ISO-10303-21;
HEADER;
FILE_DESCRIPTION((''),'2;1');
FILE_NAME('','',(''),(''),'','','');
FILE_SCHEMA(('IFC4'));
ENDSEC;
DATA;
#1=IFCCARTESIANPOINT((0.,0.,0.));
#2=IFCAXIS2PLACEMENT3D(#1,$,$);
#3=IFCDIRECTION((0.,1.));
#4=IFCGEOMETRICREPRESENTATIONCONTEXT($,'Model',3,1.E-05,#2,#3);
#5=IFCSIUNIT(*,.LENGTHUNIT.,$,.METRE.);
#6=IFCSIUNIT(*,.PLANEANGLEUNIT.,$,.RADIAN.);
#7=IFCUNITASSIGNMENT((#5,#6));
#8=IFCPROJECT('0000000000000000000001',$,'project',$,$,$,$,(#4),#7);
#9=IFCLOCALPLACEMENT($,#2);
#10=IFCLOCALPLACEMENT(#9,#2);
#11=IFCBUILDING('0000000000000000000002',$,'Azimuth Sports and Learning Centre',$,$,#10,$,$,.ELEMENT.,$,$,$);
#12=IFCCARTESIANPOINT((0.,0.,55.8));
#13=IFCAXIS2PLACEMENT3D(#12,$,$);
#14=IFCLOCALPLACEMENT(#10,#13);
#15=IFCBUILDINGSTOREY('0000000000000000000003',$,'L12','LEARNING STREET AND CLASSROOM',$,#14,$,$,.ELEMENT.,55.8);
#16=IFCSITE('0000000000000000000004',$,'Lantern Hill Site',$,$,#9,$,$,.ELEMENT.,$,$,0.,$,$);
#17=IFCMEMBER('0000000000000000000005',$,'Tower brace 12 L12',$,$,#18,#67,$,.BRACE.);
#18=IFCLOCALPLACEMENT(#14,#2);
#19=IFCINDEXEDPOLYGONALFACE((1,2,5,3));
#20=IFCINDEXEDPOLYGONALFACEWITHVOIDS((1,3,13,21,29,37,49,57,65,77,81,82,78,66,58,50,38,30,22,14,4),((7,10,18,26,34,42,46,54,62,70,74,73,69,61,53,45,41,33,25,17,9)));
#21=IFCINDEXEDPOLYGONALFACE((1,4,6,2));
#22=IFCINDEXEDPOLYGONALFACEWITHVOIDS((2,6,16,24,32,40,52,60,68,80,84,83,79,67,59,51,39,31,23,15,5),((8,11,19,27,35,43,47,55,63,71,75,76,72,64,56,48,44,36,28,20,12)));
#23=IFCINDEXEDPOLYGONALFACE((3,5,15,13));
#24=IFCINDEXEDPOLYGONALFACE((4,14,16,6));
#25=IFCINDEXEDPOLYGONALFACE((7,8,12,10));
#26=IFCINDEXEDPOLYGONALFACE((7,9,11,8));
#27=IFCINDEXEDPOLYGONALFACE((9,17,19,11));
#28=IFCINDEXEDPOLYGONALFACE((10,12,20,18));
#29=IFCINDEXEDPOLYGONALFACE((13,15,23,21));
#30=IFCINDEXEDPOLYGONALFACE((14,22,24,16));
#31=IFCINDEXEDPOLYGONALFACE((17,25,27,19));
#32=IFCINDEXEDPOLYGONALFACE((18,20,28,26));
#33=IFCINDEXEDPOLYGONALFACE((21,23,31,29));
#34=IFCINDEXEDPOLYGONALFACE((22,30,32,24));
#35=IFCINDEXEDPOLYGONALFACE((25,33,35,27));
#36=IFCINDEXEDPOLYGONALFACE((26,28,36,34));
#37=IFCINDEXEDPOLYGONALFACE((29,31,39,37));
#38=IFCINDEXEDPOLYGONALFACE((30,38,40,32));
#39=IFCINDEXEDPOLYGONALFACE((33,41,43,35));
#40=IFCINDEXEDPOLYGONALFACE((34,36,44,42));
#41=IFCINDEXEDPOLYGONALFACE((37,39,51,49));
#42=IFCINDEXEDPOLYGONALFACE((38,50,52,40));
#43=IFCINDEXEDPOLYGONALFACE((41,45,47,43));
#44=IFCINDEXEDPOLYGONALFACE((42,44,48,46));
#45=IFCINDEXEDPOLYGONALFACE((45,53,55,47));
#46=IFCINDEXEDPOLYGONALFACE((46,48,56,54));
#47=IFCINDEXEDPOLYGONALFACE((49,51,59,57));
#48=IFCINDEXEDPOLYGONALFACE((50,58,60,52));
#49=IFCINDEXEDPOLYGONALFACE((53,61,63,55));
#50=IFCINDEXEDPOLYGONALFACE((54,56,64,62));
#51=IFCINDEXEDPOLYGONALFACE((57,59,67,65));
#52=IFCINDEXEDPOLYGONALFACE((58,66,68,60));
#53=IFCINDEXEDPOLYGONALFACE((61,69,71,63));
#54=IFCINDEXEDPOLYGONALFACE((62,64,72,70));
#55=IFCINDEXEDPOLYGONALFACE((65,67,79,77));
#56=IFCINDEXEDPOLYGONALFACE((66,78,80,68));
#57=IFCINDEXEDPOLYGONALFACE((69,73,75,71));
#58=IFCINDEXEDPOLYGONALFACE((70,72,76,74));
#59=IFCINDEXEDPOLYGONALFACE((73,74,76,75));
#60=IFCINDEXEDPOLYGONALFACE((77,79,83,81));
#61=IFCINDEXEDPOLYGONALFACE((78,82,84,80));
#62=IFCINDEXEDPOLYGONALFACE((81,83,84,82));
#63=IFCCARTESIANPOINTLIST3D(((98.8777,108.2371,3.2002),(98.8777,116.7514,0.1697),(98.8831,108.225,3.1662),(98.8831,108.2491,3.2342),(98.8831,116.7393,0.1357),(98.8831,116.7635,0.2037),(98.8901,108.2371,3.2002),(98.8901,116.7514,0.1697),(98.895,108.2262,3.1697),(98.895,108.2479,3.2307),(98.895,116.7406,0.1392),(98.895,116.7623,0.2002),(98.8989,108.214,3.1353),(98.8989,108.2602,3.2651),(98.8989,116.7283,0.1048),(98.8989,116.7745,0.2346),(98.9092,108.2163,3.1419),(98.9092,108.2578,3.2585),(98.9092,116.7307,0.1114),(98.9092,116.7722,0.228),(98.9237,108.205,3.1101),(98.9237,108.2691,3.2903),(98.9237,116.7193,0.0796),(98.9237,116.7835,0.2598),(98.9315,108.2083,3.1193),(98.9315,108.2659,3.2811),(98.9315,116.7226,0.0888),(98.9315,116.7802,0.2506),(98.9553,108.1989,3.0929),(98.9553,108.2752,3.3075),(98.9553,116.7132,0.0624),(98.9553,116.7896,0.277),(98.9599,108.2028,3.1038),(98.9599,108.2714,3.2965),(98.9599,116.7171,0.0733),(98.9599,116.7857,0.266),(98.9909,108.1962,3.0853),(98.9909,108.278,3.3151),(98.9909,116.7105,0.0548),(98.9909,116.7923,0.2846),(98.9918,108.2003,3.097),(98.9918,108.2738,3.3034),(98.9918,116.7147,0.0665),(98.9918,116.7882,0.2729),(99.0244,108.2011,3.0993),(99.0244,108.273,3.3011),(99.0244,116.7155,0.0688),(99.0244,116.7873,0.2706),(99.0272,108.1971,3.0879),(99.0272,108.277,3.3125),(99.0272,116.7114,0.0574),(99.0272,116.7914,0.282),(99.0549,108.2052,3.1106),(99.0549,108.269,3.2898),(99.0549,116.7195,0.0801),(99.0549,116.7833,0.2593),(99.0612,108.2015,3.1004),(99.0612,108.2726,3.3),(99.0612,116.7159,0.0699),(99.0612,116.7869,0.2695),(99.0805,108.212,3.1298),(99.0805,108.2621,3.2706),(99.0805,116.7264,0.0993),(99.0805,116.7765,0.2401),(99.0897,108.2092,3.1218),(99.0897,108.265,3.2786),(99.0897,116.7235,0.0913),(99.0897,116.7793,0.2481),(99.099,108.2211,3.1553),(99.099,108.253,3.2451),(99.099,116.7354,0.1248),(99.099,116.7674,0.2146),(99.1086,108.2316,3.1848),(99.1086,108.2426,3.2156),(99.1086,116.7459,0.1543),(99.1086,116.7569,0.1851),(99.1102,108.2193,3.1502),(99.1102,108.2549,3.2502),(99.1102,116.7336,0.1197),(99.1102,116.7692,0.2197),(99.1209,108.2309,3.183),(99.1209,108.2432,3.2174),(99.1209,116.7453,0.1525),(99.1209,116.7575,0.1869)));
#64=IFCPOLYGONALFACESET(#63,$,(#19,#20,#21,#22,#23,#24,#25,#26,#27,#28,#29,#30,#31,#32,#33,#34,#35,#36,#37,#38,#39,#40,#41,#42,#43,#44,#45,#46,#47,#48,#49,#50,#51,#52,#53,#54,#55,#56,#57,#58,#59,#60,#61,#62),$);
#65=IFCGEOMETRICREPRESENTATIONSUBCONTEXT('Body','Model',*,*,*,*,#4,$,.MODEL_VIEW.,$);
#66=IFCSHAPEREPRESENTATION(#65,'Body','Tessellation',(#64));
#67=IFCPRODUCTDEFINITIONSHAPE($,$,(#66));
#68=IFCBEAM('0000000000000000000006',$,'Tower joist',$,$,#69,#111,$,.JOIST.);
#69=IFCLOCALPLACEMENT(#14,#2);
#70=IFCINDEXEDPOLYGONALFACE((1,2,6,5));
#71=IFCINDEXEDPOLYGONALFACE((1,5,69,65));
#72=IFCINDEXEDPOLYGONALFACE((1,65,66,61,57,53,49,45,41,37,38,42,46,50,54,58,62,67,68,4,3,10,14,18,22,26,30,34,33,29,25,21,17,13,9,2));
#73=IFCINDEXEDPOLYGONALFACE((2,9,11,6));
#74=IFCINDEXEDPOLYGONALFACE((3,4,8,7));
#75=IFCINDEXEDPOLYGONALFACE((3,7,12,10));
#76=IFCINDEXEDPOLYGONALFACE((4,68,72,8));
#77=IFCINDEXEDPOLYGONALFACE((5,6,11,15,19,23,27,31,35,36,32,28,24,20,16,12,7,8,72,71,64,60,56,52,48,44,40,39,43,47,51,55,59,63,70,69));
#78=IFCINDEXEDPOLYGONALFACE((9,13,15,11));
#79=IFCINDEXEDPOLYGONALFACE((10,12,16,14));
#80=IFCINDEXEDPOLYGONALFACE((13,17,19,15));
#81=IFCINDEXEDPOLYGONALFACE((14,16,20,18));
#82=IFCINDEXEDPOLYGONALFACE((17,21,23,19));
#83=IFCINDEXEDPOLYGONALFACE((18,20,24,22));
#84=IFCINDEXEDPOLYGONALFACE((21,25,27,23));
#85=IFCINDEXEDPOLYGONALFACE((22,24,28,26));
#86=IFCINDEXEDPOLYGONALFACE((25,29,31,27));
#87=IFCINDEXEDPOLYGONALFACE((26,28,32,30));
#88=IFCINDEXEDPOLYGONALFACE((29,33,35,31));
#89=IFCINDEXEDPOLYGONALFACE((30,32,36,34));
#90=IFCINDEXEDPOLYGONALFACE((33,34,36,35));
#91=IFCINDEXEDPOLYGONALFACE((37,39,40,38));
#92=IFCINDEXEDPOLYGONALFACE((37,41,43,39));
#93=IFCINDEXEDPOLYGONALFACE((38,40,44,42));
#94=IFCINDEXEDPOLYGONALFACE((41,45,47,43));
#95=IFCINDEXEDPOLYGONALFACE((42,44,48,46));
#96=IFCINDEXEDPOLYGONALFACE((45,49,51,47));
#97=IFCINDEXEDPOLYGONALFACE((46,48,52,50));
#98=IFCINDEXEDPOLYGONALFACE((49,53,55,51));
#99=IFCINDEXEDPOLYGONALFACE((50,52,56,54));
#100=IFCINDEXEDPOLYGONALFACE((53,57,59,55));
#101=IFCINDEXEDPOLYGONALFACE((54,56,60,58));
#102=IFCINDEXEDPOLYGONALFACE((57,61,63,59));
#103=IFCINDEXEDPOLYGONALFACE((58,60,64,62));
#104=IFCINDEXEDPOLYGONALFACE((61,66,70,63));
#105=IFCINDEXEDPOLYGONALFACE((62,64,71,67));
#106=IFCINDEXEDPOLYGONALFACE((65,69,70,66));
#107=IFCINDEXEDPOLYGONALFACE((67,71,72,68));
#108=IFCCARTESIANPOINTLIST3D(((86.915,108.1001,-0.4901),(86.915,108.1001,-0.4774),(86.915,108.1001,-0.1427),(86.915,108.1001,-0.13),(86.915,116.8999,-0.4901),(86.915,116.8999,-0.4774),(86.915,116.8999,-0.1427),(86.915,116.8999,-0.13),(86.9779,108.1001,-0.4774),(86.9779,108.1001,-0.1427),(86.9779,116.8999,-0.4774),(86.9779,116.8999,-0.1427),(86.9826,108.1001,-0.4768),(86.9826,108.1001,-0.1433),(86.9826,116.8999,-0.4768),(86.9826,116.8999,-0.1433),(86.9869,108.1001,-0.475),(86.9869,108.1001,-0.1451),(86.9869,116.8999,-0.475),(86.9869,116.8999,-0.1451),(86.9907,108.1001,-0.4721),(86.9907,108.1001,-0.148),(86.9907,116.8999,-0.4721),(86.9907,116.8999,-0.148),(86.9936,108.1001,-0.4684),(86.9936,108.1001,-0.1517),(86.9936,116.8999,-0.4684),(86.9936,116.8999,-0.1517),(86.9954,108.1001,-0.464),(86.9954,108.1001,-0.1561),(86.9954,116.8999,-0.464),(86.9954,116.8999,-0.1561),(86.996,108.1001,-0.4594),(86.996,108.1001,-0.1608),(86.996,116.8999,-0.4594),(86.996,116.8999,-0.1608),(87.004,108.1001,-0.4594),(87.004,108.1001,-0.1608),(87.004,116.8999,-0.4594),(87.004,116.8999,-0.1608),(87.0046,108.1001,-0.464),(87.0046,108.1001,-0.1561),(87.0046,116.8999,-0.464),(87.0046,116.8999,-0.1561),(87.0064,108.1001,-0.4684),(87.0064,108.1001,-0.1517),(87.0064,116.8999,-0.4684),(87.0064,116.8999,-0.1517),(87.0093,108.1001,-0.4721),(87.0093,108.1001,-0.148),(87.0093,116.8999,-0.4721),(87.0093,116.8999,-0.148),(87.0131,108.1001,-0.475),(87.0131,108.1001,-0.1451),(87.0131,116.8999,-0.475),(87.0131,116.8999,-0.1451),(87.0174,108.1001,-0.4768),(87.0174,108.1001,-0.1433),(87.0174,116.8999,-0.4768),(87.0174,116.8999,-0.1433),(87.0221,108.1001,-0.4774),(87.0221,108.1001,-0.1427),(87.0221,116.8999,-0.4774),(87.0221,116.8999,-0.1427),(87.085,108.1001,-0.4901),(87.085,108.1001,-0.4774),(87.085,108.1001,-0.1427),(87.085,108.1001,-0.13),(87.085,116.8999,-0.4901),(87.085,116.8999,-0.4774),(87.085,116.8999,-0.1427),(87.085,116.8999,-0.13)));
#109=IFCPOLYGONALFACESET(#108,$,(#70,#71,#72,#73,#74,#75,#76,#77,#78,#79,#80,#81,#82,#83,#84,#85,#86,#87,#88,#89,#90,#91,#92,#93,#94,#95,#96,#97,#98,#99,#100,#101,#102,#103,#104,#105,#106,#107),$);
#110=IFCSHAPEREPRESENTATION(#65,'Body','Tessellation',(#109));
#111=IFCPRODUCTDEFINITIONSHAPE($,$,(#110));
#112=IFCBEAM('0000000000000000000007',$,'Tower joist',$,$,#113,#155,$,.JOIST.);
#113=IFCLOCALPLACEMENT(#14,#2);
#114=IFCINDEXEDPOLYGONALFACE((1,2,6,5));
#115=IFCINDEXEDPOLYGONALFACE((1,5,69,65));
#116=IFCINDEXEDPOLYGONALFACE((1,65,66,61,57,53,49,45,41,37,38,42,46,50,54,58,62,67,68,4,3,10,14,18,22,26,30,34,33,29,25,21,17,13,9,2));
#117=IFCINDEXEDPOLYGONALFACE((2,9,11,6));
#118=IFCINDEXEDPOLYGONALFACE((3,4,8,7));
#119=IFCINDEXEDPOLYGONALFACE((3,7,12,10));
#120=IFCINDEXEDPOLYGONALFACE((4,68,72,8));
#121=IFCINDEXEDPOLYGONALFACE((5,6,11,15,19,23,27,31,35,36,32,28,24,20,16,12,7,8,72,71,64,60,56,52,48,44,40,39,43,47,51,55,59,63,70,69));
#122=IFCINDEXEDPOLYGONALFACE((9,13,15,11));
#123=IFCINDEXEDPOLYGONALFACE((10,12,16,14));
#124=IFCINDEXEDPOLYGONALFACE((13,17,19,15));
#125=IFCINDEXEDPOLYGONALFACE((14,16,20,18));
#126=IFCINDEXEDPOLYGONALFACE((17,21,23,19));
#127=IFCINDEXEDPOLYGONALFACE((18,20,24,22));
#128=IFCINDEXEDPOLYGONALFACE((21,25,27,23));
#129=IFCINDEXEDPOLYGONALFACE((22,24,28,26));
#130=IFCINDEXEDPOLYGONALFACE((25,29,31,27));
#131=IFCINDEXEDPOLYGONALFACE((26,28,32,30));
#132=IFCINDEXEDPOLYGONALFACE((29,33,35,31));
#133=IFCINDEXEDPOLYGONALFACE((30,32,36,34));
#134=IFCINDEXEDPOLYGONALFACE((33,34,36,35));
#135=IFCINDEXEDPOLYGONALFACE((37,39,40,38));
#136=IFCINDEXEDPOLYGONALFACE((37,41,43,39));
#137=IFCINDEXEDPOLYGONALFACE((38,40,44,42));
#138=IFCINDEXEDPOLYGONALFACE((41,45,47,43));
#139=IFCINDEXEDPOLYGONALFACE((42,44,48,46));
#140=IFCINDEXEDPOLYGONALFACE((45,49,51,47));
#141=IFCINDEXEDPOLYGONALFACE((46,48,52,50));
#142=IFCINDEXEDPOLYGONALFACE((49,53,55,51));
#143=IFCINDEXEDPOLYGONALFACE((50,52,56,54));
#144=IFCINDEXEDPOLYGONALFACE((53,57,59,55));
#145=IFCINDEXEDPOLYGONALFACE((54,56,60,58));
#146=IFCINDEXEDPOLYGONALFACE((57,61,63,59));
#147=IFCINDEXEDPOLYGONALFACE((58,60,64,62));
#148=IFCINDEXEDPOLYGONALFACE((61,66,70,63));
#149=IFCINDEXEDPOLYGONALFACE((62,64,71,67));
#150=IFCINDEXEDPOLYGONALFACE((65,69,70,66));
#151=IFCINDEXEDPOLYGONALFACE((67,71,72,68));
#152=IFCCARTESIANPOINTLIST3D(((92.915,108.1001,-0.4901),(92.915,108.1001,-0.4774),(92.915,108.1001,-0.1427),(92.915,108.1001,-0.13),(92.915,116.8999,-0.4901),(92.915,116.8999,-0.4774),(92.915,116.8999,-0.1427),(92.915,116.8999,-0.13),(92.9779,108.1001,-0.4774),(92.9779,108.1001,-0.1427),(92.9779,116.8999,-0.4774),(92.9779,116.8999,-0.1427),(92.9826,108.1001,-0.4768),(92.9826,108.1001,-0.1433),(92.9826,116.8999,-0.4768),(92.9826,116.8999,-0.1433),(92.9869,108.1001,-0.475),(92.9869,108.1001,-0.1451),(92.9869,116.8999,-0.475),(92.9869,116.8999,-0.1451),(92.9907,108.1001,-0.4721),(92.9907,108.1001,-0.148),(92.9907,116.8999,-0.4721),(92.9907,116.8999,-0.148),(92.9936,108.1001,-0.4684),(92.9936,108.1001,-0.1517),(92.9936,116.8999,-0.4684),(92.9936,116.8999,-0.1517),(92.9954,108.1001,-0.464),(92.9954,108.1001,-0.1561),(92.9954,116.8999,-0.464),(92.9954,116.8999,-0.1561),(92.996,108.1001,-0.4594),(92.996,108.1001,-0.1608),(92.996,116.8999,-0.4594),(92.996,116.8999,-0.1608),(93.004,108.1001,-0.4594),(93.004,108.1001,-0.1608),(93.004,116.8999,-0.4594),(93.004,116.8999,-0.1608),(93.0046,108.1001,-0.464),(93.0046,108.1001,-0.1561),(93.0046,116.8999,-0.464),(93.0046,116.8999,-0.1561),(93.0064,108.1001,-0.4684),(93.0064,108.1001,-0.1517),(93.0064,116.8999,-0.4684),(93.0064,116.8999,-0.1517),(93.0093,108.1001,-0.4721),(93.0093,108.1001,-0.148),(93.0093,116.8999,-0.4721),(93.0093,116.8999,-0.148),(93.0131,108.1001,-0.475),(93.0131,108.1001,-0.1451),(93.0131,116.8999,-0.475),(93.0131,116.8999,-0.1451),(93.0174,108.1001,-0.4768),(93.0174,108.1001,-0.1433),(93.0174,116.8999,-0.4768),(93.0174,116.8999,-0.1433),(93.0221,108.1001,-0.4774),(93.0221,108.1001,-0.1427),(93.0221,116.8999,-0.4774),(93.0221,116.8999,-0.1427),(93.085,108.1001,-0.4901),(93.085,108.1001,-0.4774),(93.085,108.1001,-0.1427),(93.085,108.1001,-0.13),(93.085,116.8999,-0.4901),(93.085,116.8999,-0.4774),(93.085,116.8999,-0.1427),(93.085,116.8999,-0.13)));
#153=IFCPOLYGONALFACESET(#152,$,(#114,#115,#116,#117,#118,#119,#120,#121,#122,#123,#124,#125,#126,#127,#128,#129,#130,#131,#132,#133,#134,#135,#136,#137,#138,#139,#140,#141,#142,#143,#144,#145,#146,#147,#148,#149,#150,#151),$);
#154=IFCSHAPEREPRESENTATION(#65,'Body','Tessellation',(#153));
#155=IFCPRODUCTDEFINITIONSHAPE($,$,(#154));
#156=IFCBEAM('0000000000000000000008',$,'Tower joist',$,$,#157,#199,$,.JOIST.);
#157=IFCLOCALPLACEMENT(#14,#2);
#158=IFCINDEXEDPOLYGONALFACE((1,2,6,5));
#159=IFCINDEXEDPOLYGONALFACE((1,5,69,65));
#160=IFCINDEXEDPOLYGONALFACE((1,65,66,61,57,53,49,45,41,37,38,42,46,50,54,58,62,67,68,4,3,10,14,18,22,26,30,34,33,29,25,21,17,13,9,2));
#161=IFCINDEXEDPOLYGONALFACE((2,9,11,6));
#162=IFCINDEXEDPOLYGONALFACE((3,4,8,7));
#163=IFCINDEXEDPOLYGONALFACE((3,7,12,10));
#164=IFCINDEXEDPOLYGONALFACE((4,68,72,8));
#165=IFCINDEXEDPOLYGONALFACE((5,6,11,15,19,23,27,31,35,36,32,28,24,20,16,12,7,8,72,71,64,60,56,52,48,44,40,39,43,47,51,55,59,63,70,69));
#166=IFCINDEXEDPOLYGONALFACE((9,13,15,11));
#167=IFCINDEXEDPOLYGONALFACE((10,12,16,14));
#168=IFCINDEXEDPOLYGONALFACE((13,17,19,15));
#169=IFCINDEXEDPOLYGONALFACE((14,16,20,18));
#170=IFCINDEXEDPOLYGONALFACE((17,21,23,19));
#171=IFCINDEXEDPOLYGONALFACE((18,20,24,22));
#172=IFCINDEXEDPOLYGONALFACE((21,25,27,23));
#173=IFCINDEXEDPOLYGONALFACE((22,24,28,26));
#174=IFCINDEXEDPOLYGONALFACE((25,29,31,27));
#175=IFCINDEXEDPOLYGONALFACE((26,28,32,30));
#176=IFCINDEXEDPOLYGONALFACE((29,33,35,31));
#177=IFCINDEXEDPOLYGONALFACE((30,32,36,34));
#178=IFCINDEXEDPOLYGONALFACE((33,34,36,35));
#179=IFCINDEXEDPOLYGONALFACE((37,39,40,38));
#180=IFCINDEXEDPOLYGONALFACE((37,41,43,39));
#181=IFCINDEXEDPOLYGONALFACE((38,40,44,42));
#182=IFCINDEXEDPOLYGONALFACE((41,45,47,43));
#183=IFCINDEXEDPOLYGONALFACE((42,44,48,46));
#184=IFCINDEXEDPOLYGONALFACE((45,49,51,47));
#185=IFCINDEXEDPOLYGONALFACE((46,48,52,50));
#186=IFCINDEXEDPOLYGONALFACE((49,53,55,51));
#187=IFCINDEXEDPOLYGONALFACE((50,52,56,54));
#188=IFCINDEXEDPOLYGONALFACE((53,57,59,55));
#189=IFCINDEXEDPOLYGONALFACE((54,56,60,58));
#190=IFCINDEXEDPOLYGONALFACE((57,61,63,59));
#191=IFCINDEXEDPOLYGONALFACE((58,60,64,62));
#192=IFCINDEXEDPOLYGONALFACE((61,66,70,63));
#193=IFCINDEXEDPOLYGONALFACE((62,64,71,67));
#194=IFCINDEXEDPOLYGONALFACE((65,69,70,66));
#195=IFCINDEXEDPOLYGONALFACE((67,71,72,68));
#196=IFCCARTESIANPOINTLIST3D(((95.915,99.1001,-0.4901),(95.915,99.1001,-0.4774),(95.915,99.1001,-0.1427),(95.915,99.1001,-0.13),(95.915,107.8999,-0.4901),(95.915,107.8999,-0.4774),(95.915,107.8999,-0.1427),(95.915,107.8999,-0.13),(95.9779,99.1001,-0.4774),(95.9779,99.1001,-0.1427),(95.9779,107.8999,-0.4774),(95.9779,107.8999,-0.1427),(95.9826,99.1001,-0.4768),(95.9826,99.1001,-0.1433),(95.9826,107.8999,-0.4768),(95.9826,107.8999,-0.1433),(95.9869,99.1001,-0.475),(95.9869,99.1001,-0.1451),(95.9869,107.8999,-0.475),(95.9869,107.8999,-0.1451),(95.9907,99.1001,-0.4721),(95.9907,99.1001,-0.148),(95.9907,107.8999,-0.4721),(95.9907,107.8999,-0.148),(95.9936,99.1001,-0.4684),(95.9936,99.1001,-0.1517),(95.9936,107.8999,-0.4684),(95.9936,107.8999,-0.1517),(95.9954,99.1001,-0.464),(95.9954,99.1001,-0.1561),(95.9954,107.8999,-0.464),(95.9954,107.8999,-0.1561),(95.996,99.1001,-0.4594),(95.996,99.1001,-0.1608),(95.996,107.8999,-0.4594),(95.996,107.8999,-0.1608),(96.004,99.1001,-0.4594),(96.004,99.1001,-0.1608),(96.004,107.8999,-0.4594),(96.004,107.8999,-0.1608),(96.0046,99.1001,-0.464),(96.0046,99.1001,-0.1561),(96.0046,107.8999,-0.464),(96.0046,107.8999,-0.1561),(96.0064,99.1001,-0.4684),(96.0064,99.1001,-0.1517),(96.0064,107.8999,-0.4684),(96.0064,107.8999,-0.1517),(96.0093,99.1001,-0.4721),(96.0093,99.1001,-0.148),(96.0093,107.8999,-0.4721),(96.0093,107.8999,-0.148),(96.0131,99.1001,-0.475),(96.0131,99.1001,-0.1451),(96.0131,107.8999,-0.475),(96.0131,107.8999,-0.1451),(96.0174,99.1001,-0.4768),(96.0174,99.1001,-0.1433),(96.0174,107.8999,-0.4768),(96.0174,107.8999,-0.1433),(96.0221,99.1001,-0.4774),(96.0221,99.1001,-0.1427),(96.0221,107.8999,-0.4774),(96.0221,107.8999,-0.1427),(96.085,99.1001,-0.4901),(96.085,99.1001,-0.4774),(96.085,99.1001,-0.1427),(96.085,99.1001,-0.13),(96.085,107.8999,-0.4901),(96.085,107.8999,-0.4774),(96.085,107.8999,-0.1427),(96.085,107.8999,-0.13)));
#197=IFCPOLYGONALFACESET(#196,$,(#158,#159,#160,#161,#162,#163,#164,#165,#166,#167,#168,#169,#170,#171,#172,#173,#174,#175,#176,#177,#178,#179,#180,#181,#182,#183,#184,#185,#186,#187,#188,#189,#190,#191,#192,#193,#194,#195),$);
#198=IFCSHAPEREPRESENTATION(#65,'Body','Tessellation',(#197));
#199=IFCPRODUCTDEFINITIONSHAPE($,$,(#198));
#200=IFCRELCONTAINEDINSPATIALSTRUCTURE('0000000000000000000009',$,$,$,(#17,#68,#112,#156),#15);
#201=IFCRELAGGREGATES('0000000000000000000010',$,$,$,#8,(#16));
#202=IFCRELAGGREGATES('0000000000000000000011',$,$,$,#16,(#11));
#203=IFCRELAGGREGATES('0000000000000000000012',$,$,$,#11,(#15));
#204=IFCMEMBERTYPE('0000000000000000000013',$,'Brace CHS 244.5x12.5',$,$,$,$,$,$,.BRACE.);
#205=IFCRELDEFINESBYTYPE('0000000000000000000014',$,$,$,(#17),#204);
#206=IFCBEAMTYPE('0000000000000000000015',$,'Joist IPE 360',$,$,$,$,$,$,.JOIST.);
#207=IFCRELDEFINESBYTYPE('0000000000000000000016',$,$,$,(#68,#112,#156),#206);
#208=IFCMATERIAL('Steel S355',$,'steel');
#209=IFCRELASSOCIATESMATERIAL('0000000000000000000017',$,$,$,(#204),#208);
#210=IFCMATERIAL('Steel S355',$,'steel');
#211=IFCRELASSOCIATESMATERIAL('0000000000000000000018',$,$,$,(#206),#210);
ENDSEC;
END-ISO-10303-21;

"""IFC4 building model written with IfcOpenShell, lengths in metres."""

from ifc_helpers import new_model, si_unit, direction, frame, origin, origin_2d, place, context, subcontext, project, spatial, hollow_circle, i_section, extrude, material, material_profile, profile_set, type_object, element, save


model = new_model("IFC4")

# Units and contexts
model_context = context("Model", 3, precision=1e-05, world=origin(), true_north=direction((0.0, 1.0)))
body_context = subcontext(model_context, "Body", "Model", "MODEL_VIEW")
ifc_project = project(units=[si_unit("LENGTHUNIT", "METRE"), si_unit("PLANEANGLEUNIT", "RADIAN")], contexts=[model_context])

# Site, building, storey
site_placement = place(None, origin())
site = spatial("IfcSite", under=ifc_project, at=site_placement, Name="Lantern Hill Site", CompositionType="ELEMENT", RefElevation=0.0)
building_placement = place(site_placement, origin())
building = spatial("IfcBuilding", under=site, at=building_placement, Name="Azimuth Sports and Learning Centre", CompositionType="ELEMENT")
storey_placement = place(building_placement, frame((0.0, 0.0, 55.8)))
storey = spatial("IfcBuildingStorey", under=building, at=storey_placement, Name="L12", Description="LEARNING STREET AND CLASSROOM", CompositionType="ELEMENT", Elevation=55.8)

# Member
ifc_material_1 = material(Name="Steel S355", Category="steel")
ifc_material_profile_1 = material_profile(ifc_material_1, hollow_circle(Radius=0.1223, WallThickness=0.0125, at=origin_2d()), Name="CHS 244.5x12.5")
ifc_profile_set_1 = profile_set([ifc_material_profile_1], Name="Steel S355")
member_type = type_object("IfcMemberType", Name="Brace CHS 244.5x12.5", PredefinedType="BRACE", material=ifc_profile_set_1)
member_placement = place(storey_placement, frame((99.0, 108.2371, 3.2002), z_axis=(0.0, 0.942104, -0.335321), x_axis=(-1.0, 0.0, 0.0)))
element("IfcMember", 1, at=member_placement, inside=storey, type_object=member_type, Name="Tower brace 12 L12", PredefinedType="BRACE", context=body_context, shape_type="SweptSolid", body=[
    extrude(hollow_circle(Radius=0.1223, WallThickness=0.0125, at=origin_2d()), origin(), (0.0, 0.0, 1.0), 9.0376),
])

# Beams
ifc_material_2 = material(Name="Steel S355", Category="steel")
ifc_material_profile_2 = material_profile(ifc_material_2, i_section(OverallWidth=0.1699, OverallDepth=0.3601, WebThickness=0.0081, FlangeThickness=0.0127, FilletRadius=0.0181, at=origin_2d()), Name="IPE 360")
ifc_profile_set_2 = profile_set([ifc_material_profile_2], Name="Steel S355")
beam_type_1 = type_object("IfcBeamType", Name="Joist IPE 360", PredefinedType="JOIST", material=ifc_profile_set_2)
for number, where, z_axis, x_axis, name in (
    (2, (87.0, 108.1001, -0.3101), (0.0, 1.0, 0.0), (-1.0, 0.0, 0.0), "Tower joist"),
    (3, (93.0, 108.1001, -0.3101), (0.0, 1.0, 0.0), (-1.0, 0.0, 0.0), "Tower joist"),
    (4, (96.0, 99.1001, -0.3101), (0.0, 1.0, 0.0), (-1.0, 0.0, 0.0), "Tower joist"),
):
    element("IfcBeam", number, at=place(storey_placement, frame(where, z_axis=z_axis, x_axis=x_axis)), inside=storey, type_object=beam_type_1, Name=name, PredefinedType="JOIST", context=body_context, shape_type="SweptSolid", body=[
        extrude(i_section(OverallWidth=0.1699, OverallDepth=0.3601, WebThickness=0.0081, FlangeThickness=0.0127, FilletRadius=0.0181, at=origin_2d()), origin(), (0.0, 0.0, 1.0), 8.7998),
    ])

save(model, "model.ifc")
